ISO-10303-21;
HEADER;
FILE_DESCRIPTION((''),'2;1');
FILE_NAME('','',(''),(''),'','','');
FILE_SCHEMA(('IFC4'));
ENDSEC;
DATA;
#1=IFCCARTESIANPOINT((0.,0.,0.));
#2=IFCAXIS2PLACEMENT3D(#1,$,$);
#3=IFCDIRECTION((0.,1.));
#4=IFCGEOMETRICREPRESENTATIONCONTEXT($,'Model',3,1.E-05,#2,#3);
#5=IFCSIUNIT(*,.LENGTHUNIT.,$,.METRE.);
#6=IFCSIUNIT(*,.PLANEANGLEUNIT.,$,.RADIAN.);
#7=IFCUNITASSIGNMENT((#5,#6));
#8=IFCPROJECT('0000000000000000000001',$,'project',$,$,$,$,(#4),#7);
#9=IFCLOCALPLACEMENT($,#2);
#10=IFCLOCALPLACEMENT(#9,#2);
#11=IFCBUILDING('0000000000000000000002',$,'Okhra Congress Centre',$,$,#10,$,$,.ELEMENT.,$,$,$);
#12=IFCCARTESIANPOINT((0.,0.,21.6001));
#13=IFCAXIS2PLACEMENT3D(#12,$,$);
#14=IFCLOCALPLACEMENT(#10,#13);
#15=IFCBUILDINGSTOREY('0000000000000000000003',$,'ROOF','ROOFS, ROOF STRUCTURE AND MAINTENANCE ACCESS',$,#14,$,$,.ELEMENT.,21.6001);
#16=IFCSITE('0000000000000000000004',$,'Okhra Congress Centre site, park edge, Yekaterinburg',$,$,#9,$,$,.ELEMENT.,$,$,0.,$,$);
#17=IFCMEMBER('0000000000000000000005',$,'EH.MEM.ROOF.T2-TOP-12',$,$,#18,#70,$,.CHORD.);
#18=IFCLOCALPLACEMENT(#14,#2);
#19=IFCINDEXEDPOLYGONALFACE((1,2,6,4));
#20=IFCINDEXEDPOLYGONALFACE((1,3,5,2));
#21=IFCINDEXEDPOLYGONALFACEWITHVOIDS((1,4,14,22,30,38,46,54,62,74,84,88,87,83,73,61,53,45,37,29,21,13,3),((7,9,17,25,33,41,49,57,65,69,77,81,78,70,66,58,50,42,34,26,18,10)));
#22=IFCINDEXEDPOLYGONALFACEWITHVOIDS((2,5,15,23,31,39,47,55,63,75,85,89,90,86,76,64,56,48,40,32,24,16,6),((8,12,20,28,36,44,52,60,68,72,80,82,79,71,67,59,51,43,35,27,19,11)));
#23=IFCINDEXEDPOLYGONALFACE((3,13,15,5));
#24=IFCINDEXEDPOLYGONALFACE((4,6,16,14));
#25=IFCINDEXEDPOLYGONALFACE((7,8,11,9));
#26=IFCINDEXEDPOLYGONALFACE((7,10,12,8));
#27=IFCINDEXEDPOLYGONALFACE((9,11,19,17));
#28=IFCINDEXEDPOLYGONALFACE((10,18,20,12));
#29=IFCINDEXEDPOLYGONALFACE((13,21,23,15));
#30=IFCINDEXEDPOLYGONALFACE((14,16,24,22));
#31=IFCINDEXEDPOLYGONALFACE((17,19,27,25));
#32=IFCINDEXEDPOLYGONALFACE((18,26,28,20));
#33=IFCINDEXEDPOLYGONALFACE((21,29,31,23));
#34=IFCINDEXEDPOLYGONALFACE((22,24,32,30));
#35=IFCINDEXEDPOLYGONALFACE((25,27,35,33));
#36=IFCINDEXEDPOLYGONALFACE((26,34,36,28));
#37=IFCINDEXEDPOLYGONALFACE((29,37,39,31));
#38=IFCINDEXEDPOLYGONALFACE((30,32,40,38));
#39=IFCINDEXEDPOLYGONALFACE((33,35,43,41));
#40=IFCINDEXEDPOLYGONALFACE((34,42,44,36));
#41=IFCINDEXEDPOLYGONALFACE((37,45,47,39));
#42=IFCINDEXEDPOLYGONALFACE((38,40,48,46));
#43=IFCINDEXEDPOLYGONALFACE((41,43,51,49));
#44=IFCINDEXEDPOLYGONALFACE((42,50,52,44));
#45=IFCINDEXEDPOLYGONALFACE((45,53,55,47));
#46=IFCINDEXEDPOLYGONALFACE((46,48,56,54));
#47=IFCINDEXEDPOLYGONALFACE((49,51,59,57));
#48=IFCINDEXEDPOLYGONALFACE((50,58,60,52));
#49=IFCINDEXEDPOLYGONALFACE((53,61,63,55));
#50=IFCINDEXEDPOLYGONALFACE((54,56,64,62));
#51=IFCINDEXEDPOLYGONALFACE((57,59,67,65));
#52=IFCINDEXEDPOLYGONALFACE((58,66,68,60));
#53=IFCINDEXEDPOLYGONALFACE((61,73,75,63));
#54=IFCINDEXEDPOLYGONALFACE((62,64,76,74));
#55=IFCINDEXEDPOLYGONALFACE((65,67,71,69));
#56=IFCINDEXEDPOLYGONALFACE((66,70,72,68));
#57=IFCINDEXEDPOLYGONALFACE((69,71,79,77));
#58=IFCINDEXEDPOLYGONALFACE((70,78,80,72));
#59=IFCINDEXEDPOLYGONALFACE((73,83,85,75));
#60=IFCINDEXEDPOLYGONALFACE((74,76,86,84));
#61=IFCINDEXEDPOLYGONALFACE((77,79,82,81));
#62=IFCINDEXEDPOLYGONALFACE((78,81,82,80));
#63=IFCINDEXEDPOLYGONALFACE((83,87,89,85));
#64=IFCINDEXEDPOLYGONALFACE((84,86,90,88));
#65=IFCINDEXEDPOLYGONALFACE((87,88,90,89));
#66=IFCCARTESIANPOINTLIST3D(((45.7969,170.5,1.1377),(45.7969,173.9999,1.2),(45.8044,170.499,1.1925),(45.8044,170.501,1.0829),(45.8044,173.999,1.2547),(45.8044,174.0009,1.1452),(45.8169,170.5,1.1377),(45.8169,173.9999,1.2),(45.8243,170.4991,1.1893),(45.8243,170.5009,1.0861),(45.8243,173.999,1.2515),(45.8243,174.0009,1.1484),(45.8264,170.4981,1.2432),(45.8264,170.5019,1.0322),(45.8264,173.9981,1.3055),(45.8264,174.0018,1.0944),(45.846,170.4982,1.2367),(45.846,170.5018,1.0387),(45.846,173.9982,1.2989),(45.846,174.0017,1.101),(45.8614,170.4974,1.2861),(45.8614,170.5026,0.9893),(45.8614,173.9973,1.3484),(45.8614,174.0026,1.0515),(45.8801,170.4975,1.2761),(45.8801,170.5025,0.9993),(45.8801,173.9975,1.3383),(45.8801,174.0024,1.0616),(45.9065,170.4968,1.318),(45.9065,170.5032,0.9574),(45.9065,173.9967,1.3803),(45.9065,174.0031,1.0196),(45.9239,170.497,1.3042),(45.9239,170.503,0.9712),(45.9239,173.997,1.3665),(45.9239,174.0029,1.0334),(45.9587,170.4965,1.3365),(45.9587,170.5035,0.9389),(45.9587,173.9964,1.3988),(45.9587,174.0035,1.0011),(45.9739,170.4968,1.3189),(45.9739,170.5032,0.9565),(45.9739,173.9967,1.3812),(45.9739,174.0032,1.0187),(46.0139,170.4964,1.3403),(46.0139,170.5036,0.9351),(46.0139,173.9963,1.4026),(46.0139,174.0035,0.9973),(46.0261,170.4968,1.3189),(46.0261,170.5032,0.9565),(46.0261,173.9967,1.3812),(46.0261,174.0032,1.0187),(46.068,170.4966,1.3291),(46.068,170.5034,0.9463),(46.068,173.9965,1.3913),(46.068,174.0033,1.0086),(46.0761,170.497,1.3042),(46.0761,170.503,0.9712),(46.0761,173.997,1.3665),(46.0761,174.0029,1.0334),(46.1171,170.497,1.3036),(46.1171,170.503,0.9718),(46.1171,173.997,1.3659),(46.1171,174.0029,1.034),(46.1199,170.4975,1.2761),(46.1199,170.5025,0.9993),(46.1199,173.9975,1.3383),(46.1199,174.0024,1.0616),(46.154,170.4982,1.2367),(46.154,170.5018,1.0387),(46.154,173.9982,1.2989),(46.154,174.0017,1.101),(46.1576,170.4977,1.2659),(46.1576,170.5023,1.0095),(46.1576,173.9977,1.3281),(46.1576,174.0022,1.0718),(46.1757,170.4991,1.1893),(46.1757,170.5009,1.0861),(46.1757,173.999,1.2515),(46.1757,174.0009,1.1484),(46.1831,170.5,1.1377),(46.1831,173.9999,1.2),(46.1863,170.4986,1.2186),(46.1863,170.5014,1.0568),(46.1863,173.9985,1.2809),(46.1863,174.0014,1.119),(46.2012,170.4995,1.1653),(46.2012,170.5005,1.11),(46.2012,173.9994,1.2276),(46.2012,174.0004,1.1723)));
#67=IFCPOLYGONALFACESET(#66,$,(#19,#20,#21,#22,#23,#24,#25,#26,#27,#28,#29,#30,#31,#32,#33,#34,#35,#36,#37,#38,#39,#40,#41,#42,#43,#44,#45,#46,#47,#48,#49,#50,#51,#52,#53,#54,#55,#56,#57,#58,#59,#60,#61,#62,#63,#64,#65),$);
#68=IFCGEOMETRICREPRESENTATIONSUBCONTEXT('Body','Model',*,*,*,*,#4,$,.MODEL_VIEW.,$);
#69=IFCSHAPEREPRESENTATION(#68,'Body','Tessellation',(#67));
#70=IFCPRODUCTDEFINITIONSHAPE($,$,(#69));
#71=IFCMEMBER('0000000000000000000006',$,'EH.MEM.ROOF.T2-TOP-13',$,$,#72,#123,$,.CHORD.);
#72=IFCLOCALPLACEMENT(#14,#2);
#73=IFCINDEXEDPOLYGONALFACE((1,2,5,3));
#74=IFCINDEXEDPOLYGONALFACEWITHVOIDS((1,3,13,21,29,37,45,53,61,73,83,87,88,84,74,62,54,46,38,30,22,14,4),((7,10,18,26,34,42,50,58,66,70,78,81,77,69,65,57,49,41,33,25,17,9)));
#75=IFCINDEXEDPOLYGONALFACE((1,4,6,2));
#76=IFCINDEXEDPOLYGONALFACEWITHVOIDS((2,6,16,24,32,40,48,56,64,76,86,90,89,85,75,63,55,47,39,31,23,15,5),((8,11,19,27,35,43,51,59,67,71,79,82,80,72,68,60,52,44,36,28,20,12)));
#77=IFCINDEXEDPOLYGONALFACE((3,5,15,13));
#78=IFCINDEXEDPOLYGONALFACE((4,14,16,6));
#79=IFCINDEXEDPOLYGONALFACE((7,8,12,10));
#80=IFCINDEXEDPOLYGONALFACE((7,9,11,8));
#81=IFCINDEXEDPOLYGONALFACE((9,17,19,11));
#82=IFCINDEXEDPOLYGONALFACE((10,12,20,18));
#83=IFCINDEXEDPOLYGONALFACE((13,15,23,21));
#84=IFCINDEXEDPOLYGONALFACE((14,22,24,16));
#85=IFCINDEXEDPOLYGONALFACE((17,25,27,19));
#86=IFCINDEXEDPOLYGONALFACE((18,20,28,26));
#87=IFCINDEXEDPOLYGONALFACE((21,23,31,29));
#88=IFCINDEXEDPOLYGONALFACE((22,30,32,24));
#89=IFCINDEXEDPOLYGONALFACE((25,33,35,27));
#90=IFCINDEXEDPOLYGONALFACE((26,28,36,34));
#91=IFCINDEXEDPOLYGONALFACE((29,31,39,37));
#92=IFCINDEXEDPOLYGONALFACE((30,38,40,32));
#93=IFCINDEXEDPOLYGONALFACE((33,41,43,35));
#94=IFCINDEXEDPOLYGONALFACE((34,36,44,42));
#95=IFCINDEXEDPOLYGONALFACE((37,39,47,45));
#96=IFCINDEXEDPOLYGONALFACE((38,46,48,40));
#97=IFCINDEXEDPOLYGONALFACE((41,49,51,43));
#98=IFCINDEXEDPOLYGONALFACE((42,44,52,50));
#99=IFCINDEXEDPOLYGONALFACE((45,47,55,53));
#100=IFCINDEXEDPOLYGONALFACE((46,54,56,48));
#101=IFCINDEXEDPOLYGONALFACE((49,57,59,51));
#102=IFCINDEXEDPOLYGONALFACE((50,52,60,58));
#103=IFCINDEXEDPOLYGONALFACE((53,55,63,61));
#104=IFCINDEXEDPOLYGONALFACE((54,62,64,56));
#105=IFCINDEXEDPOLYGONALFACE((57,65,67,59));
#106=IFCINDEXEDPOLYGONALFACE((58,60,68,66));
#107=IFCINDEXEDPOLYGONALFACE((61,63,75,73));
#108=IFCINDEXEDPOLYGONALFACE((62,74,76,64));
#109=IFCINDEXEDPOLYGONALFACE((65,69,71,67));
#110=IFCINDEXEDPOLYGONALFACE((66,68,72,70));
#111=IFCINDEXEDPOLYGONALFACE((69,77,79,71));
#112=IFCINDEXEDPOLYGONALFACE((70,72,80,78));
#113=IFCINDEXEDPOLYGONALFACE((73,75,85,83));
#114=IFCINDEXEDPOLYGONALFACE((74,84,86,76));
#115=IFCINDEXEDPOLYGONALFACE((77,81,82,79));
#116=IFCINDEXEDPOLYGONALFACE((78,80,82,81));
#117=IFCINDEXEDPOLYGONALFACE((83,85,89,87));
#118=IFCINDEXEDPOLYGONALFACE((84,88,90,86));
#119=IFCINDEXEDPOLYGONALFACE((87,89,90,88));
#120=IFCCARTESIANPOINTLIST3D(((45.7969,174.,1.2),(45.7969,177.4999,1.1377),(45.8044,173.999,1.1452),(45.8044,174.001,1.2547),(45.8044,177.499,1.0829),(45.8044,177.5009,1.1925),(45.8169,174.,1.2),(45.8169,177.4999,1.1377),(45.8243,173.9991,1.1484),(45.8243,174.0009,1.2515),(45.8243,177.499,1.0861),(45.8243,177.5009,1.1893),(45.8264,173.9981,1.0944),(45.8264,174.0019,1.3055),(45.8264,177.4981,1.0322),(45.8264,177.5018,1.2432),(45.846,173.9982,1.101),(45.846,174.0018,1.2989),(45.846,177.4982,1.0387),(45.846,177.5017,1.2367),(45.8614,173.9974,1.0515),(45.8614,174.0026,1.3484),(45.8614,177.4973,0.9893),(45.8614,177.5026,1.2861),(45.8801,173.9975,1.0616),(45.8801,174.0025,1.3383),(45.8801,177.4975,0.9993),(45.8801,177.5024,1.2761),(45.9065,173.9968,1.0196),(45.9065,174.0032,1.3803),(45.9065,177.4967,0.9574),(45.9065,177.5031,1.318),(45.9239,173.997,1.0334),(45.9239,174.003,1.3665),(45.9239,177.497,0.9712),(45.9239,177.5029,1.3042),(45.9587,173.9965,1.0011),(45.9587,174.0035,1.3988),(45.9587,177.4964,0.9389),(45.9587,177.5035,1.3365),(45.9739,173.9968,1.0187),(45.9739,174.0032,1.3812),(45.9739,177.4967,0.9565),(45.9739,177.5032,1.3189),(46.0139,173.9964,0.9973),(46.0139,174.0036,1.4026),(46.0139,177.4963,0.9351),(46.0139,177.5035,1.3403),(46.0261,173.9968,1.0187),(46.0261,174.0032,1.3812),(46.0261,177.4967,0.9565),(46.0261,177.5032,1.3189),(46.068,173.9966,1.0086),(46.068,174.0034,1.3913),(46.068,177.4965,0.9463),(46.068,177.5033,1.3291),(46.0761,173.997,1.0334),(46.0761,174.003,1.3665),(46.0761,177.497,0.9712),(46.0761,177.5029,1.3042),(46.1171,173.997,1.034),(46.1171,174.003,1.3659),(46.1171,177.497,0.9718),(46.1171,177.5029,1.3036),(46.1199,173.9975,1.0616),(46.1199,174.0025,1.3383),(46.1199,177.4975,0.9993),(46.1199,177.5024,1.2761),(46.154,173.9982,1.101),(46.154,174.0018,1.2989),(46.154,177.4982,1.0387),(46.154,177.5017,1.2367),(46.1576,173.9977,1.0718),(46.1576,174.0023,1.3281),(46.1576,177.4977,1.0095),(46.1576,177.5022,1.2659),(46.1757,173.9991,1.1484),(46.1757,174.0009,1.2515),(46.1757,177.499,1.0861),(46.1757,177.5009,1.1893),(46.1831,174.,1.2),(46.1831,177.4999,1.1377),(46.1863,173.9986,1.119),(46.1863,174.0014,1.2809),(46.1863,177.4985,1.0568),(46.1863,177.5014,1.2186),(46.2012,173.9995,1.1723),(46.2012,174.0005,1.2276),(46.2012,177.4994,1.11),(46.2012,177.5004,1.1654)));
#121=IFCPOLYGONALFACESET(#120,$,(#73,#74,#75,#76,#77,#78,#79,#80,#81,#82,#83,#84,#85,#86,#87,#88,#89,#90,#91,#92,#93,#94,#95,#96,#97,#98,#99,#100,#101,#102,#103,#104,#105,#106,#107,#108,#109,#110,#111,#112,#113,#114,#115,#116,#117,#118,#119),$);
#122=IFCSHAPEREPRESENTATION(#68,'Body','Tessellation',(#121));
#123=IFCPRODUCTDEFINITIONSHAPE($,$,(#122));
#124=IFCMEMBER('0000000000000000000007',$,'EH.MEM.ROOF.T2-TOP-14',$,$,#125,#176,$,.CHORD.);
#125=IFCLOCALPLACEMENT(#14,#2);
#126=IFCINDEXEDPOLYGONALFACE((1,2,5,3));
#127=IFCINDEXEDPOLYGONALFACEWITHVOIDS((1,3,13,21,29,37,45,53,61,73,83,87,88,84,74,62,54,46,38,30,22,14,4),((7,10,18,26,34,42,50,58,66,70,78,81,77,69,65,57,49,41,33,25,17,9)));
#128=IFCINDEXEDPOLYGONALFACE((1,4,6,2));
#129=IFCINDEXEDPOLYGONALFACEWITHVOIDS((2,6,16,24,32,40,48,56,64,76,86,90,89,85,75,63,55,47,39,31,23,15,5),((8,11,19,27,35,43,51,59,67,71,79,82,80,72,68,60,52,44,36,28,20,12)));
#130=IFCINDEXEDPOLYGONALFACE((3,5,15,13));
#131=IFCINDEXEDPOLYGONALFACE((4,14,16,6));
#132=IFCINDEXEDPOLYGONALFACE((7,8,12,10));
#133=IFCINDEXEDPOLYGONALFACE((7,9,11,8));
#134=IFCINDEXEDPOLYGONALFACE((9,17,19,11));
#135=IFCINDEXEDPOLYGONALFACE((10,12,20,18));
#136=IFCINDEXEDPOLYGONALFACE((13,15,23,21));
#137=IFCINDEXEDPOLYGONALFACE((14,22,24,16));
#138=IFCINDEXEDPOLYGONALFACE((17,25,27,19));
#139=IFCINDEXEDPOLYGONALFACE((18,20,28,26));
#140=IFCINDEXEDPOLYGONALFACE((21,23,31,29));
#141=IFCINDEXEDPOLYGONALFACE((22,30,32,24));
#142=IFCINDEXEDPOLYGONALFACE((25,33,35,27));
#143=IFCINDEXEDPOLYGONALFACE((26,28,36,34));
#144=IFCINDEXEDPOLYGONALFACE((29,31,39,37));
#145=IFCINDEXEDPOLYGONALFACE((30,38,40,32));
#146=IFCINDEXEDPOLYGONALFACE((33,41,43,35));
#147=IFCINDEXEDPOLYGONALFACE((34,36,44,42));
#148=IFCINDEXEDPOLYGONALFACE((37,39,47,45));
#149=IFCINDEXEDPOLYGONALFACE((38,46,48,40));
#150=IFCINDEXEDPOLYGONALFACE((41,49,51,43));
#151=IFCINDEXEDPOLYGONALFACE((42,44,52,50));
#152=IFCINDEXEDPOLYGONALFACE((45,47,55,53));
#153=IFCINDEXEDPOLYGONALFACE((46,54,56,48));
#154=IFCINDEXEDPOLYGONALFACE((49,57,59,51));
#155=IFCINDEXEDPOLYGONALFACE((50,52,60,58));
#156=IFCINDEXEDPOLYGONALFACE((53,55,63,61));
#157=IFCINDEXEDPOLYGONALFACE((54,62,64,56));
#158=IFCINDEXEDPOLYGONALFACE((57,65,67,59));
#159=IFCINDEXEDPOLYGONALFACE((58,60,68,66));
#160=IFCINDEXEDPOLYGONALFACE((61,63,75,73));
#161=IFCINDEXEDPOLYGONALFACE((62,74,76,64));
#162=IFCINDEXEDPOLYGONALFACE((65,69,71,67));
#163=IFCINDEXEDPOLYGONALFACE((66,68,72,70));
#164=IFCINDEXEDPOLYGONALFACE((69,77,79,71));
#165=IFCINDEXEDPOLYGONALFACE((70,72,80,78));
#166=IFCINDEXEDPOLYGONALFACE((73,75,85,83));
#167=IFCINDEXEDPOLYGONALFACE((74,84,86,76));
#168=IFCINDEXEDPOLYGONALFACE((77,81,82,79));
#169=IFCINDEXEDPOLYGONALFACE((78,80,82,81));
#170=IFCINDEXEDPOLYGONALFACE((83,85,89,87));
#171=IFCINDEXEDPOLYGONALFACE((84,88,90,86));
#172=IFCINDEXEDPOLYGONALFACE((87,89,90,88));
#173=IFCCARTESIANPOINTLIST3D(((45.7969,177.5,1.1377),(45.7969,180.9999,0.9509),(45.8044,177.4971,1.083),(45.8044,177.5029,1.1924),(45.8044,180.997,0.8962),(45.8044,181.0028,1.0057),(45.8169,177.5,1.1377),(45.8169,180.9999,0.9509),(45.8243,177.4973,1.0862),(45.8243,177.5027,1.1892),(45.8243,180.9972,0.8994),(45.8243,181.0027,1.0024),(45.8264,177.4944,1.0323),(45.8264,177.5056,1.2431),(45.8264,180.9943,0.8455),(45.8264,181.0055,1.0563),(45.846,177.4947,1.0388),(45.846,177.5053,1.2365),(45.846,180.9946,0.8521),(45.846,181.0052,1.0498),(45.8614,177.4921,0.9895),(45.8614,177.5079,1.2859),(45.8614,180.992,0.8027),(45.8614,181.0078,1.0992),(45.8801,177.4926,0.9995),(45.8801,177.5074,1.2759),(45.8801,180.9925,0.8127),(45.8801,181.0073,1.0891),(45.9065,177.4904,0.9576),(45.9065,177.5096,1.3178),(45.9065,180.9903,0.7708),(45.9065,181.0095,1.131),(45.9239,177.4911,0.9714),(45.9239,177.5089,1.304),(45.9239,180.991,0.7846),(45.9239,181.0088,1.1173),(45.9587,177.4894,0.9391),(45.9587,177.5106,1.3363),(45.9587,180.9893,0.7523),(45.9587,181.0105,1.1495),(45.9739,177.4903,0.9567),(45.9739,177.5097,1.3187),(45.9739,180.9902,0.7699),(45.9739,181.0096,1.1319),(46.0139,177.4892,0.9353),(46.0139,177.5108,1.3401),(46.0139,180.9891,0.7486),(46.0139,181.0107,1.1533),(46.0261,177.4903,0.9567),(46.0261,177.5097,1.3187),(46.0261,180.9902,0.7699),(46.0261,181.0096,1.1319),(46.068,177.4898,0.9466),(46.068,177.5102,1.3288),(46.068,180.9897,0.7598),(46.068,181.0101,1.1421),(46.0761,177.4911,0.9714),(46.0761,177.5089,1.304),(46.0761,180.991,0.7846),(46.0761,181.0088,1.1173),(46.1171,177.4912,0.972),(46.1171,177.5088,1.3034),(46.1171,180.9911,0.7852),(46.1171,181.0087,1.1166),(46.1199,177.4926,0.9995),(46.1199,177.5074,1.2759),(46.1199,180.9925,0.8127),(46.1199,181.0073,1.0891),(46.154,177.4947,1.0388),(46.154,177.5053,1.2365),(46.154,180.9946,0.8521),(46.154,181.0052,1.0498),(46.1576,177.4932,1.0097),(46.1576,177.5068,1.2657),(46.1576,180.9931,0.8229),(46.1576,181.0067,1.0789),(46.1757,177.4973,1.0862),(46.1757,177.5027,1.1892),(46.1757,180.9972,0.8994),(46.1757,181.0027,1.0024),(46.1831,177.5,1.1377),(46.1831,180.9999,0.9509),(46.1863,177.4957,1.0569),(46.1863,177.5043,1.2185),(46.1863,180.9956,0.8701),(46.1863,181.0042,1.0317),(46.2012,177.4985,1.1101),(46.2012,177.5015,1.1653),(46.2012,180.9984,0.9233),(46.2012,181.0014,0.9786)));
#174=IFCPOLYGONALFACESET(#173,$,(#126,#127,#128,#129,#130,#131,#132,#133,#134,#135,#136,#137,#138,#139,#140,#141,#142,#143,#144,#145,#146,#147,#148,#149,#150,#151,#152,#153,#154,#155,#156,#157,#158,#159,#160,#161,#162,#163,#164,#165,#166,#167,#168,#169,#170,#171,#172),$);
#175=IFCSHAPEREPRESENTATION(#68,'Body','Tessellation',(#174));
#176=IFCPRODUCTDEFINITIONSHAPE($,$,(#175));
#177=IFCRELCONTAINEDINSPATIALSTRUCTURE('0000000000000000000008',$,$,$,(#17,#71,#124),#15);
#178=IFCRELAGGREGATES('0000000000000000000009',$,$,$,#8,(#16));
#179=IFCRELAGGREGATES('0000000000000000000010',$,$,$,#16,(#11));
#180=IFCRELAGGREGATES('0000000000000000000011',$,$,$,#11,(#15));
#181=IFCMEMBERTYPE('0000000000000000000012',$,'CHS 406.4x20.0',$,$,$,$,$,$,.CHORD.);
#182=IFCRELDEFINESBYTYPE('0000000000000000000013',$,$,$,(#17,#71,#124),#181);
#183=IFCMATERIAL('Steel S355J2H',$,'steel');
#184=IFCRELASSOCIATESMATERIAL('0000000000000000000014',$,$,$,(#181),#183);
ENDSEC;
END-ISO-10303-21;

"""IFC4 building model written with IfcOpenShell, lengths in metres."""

from ifc_helpers import new_model, si_unit, direction, frame, origin, origin_2d, place, context, subcontext, project, spatial, hollow_circle, extrude, material, material_profile, profile_set, type_object, element, save


model = new_model("IFC4")

# Units and contexts
model_context = context("Model", 3, precision=1e-05, world=origin(), true_north=direction((0.0, 1.0)))
body_context = subcontext(model_context, "Body", "Model", "MODEL_VIEW")
ifc_project = project(units=[si_unit("LENGTHUNIT", "METRE"), si_unit("PLANEANGLEUNIT", "RADIAN")], contexts=[model_context])

# Site, building, storey
site_placement = place(None, origin())
site = spatial("IfcSite", under=ifc_project, at=site_placement, Name="Okhra Congress Centre site, park edge, Yekaterinburg", CompositionType="ELEMENT", RefElevation=0.0)
building_placement = place(site_placement, origin())
building = spatial("IfcBuilding", under=site, at=building_placement, Name="Okhra Congress Centre", CompositionType="ELEMENT")
storey_placement = place(building_placement, frame((0.0, 0.0, 21.6001)))
storey = spatial("IfcBuildingStorey", under=building, at=storey_placement, Name="ROOF", Description="ROOFS, ROOF STRUCTURE AND MAINTENANCE ACCESS", CompositionType="ELEMENT", Elevation=21.6001)

# Members
ifc_material_1 = material(Name="Steel S355J2H", Category="steel")
ifc_material_profile_1 = material_profile(ifc_material_1, hollow_circle(Radius=0.2031, WallThickness=0.02, at=origin_2d()), Name="CHS 406.4x20.0")
ifc_profile_set_1 = profile_set([ifc_material_profile_1], Name="Steel S355J2H")
member_type_1 = type_object("IfcMemberType", Name="CHS 406.4x20.0", PredefinedType="CHORD", material=ifc_profile_set_1)
for number, where, z_axis, x_axis, name in (
    (1, (46.0, 170.5, 1.1377), (0.0, 0.999842, 0.017785), (-1.0, 0.0, 0.0), "EH.MEM.ROOF.T2-TOP-12"),
    (2, (46.0, 174.0, 1.2), (0.0, 0.999842, -0.017785), (-1.0, 0.0, 0.0), "EH.MEM.ROOF.T2-TOP-13"),
):
    element("IfcMember", number, at=place(storey_placement, frame(where, z_axis=z_axis, x_axis=x_axis)), inside=storey, type_object=member_type_1, Name=name, PredefinedType="CHORD", context=body_context, shape_type="SweptSolid", body=[
        extrude(hollow_circle(Radius=0.2031, WallThickness=0.02, at=origin_2d()), origin(), (0.0, 0.0, 1.0), 3.5005),
    ])
member_1_placement = place(storey_placement, frame((46.0, 177.5, 1.1377), z_axis=(0.0, 0.998579, -0.053286), x_axis=(-1.0, 0.0, 0.0)))
element("IfcMember", 3, at=member_1_placement, inside=storey, type_object=member_type_1, Name="EH.MEM.ROOF.T2-TOP-14", PredefinedType="CHORD", context=body_context, shape_type="SweptSolid", body=[
    extrude(hollow_circle(Radius=0.2031, WallThickness=0.02, at=origin_2d()), origin(), (0.0, 0.0, 1.0), 3.5049),
])

save(model, "model.ifc")
